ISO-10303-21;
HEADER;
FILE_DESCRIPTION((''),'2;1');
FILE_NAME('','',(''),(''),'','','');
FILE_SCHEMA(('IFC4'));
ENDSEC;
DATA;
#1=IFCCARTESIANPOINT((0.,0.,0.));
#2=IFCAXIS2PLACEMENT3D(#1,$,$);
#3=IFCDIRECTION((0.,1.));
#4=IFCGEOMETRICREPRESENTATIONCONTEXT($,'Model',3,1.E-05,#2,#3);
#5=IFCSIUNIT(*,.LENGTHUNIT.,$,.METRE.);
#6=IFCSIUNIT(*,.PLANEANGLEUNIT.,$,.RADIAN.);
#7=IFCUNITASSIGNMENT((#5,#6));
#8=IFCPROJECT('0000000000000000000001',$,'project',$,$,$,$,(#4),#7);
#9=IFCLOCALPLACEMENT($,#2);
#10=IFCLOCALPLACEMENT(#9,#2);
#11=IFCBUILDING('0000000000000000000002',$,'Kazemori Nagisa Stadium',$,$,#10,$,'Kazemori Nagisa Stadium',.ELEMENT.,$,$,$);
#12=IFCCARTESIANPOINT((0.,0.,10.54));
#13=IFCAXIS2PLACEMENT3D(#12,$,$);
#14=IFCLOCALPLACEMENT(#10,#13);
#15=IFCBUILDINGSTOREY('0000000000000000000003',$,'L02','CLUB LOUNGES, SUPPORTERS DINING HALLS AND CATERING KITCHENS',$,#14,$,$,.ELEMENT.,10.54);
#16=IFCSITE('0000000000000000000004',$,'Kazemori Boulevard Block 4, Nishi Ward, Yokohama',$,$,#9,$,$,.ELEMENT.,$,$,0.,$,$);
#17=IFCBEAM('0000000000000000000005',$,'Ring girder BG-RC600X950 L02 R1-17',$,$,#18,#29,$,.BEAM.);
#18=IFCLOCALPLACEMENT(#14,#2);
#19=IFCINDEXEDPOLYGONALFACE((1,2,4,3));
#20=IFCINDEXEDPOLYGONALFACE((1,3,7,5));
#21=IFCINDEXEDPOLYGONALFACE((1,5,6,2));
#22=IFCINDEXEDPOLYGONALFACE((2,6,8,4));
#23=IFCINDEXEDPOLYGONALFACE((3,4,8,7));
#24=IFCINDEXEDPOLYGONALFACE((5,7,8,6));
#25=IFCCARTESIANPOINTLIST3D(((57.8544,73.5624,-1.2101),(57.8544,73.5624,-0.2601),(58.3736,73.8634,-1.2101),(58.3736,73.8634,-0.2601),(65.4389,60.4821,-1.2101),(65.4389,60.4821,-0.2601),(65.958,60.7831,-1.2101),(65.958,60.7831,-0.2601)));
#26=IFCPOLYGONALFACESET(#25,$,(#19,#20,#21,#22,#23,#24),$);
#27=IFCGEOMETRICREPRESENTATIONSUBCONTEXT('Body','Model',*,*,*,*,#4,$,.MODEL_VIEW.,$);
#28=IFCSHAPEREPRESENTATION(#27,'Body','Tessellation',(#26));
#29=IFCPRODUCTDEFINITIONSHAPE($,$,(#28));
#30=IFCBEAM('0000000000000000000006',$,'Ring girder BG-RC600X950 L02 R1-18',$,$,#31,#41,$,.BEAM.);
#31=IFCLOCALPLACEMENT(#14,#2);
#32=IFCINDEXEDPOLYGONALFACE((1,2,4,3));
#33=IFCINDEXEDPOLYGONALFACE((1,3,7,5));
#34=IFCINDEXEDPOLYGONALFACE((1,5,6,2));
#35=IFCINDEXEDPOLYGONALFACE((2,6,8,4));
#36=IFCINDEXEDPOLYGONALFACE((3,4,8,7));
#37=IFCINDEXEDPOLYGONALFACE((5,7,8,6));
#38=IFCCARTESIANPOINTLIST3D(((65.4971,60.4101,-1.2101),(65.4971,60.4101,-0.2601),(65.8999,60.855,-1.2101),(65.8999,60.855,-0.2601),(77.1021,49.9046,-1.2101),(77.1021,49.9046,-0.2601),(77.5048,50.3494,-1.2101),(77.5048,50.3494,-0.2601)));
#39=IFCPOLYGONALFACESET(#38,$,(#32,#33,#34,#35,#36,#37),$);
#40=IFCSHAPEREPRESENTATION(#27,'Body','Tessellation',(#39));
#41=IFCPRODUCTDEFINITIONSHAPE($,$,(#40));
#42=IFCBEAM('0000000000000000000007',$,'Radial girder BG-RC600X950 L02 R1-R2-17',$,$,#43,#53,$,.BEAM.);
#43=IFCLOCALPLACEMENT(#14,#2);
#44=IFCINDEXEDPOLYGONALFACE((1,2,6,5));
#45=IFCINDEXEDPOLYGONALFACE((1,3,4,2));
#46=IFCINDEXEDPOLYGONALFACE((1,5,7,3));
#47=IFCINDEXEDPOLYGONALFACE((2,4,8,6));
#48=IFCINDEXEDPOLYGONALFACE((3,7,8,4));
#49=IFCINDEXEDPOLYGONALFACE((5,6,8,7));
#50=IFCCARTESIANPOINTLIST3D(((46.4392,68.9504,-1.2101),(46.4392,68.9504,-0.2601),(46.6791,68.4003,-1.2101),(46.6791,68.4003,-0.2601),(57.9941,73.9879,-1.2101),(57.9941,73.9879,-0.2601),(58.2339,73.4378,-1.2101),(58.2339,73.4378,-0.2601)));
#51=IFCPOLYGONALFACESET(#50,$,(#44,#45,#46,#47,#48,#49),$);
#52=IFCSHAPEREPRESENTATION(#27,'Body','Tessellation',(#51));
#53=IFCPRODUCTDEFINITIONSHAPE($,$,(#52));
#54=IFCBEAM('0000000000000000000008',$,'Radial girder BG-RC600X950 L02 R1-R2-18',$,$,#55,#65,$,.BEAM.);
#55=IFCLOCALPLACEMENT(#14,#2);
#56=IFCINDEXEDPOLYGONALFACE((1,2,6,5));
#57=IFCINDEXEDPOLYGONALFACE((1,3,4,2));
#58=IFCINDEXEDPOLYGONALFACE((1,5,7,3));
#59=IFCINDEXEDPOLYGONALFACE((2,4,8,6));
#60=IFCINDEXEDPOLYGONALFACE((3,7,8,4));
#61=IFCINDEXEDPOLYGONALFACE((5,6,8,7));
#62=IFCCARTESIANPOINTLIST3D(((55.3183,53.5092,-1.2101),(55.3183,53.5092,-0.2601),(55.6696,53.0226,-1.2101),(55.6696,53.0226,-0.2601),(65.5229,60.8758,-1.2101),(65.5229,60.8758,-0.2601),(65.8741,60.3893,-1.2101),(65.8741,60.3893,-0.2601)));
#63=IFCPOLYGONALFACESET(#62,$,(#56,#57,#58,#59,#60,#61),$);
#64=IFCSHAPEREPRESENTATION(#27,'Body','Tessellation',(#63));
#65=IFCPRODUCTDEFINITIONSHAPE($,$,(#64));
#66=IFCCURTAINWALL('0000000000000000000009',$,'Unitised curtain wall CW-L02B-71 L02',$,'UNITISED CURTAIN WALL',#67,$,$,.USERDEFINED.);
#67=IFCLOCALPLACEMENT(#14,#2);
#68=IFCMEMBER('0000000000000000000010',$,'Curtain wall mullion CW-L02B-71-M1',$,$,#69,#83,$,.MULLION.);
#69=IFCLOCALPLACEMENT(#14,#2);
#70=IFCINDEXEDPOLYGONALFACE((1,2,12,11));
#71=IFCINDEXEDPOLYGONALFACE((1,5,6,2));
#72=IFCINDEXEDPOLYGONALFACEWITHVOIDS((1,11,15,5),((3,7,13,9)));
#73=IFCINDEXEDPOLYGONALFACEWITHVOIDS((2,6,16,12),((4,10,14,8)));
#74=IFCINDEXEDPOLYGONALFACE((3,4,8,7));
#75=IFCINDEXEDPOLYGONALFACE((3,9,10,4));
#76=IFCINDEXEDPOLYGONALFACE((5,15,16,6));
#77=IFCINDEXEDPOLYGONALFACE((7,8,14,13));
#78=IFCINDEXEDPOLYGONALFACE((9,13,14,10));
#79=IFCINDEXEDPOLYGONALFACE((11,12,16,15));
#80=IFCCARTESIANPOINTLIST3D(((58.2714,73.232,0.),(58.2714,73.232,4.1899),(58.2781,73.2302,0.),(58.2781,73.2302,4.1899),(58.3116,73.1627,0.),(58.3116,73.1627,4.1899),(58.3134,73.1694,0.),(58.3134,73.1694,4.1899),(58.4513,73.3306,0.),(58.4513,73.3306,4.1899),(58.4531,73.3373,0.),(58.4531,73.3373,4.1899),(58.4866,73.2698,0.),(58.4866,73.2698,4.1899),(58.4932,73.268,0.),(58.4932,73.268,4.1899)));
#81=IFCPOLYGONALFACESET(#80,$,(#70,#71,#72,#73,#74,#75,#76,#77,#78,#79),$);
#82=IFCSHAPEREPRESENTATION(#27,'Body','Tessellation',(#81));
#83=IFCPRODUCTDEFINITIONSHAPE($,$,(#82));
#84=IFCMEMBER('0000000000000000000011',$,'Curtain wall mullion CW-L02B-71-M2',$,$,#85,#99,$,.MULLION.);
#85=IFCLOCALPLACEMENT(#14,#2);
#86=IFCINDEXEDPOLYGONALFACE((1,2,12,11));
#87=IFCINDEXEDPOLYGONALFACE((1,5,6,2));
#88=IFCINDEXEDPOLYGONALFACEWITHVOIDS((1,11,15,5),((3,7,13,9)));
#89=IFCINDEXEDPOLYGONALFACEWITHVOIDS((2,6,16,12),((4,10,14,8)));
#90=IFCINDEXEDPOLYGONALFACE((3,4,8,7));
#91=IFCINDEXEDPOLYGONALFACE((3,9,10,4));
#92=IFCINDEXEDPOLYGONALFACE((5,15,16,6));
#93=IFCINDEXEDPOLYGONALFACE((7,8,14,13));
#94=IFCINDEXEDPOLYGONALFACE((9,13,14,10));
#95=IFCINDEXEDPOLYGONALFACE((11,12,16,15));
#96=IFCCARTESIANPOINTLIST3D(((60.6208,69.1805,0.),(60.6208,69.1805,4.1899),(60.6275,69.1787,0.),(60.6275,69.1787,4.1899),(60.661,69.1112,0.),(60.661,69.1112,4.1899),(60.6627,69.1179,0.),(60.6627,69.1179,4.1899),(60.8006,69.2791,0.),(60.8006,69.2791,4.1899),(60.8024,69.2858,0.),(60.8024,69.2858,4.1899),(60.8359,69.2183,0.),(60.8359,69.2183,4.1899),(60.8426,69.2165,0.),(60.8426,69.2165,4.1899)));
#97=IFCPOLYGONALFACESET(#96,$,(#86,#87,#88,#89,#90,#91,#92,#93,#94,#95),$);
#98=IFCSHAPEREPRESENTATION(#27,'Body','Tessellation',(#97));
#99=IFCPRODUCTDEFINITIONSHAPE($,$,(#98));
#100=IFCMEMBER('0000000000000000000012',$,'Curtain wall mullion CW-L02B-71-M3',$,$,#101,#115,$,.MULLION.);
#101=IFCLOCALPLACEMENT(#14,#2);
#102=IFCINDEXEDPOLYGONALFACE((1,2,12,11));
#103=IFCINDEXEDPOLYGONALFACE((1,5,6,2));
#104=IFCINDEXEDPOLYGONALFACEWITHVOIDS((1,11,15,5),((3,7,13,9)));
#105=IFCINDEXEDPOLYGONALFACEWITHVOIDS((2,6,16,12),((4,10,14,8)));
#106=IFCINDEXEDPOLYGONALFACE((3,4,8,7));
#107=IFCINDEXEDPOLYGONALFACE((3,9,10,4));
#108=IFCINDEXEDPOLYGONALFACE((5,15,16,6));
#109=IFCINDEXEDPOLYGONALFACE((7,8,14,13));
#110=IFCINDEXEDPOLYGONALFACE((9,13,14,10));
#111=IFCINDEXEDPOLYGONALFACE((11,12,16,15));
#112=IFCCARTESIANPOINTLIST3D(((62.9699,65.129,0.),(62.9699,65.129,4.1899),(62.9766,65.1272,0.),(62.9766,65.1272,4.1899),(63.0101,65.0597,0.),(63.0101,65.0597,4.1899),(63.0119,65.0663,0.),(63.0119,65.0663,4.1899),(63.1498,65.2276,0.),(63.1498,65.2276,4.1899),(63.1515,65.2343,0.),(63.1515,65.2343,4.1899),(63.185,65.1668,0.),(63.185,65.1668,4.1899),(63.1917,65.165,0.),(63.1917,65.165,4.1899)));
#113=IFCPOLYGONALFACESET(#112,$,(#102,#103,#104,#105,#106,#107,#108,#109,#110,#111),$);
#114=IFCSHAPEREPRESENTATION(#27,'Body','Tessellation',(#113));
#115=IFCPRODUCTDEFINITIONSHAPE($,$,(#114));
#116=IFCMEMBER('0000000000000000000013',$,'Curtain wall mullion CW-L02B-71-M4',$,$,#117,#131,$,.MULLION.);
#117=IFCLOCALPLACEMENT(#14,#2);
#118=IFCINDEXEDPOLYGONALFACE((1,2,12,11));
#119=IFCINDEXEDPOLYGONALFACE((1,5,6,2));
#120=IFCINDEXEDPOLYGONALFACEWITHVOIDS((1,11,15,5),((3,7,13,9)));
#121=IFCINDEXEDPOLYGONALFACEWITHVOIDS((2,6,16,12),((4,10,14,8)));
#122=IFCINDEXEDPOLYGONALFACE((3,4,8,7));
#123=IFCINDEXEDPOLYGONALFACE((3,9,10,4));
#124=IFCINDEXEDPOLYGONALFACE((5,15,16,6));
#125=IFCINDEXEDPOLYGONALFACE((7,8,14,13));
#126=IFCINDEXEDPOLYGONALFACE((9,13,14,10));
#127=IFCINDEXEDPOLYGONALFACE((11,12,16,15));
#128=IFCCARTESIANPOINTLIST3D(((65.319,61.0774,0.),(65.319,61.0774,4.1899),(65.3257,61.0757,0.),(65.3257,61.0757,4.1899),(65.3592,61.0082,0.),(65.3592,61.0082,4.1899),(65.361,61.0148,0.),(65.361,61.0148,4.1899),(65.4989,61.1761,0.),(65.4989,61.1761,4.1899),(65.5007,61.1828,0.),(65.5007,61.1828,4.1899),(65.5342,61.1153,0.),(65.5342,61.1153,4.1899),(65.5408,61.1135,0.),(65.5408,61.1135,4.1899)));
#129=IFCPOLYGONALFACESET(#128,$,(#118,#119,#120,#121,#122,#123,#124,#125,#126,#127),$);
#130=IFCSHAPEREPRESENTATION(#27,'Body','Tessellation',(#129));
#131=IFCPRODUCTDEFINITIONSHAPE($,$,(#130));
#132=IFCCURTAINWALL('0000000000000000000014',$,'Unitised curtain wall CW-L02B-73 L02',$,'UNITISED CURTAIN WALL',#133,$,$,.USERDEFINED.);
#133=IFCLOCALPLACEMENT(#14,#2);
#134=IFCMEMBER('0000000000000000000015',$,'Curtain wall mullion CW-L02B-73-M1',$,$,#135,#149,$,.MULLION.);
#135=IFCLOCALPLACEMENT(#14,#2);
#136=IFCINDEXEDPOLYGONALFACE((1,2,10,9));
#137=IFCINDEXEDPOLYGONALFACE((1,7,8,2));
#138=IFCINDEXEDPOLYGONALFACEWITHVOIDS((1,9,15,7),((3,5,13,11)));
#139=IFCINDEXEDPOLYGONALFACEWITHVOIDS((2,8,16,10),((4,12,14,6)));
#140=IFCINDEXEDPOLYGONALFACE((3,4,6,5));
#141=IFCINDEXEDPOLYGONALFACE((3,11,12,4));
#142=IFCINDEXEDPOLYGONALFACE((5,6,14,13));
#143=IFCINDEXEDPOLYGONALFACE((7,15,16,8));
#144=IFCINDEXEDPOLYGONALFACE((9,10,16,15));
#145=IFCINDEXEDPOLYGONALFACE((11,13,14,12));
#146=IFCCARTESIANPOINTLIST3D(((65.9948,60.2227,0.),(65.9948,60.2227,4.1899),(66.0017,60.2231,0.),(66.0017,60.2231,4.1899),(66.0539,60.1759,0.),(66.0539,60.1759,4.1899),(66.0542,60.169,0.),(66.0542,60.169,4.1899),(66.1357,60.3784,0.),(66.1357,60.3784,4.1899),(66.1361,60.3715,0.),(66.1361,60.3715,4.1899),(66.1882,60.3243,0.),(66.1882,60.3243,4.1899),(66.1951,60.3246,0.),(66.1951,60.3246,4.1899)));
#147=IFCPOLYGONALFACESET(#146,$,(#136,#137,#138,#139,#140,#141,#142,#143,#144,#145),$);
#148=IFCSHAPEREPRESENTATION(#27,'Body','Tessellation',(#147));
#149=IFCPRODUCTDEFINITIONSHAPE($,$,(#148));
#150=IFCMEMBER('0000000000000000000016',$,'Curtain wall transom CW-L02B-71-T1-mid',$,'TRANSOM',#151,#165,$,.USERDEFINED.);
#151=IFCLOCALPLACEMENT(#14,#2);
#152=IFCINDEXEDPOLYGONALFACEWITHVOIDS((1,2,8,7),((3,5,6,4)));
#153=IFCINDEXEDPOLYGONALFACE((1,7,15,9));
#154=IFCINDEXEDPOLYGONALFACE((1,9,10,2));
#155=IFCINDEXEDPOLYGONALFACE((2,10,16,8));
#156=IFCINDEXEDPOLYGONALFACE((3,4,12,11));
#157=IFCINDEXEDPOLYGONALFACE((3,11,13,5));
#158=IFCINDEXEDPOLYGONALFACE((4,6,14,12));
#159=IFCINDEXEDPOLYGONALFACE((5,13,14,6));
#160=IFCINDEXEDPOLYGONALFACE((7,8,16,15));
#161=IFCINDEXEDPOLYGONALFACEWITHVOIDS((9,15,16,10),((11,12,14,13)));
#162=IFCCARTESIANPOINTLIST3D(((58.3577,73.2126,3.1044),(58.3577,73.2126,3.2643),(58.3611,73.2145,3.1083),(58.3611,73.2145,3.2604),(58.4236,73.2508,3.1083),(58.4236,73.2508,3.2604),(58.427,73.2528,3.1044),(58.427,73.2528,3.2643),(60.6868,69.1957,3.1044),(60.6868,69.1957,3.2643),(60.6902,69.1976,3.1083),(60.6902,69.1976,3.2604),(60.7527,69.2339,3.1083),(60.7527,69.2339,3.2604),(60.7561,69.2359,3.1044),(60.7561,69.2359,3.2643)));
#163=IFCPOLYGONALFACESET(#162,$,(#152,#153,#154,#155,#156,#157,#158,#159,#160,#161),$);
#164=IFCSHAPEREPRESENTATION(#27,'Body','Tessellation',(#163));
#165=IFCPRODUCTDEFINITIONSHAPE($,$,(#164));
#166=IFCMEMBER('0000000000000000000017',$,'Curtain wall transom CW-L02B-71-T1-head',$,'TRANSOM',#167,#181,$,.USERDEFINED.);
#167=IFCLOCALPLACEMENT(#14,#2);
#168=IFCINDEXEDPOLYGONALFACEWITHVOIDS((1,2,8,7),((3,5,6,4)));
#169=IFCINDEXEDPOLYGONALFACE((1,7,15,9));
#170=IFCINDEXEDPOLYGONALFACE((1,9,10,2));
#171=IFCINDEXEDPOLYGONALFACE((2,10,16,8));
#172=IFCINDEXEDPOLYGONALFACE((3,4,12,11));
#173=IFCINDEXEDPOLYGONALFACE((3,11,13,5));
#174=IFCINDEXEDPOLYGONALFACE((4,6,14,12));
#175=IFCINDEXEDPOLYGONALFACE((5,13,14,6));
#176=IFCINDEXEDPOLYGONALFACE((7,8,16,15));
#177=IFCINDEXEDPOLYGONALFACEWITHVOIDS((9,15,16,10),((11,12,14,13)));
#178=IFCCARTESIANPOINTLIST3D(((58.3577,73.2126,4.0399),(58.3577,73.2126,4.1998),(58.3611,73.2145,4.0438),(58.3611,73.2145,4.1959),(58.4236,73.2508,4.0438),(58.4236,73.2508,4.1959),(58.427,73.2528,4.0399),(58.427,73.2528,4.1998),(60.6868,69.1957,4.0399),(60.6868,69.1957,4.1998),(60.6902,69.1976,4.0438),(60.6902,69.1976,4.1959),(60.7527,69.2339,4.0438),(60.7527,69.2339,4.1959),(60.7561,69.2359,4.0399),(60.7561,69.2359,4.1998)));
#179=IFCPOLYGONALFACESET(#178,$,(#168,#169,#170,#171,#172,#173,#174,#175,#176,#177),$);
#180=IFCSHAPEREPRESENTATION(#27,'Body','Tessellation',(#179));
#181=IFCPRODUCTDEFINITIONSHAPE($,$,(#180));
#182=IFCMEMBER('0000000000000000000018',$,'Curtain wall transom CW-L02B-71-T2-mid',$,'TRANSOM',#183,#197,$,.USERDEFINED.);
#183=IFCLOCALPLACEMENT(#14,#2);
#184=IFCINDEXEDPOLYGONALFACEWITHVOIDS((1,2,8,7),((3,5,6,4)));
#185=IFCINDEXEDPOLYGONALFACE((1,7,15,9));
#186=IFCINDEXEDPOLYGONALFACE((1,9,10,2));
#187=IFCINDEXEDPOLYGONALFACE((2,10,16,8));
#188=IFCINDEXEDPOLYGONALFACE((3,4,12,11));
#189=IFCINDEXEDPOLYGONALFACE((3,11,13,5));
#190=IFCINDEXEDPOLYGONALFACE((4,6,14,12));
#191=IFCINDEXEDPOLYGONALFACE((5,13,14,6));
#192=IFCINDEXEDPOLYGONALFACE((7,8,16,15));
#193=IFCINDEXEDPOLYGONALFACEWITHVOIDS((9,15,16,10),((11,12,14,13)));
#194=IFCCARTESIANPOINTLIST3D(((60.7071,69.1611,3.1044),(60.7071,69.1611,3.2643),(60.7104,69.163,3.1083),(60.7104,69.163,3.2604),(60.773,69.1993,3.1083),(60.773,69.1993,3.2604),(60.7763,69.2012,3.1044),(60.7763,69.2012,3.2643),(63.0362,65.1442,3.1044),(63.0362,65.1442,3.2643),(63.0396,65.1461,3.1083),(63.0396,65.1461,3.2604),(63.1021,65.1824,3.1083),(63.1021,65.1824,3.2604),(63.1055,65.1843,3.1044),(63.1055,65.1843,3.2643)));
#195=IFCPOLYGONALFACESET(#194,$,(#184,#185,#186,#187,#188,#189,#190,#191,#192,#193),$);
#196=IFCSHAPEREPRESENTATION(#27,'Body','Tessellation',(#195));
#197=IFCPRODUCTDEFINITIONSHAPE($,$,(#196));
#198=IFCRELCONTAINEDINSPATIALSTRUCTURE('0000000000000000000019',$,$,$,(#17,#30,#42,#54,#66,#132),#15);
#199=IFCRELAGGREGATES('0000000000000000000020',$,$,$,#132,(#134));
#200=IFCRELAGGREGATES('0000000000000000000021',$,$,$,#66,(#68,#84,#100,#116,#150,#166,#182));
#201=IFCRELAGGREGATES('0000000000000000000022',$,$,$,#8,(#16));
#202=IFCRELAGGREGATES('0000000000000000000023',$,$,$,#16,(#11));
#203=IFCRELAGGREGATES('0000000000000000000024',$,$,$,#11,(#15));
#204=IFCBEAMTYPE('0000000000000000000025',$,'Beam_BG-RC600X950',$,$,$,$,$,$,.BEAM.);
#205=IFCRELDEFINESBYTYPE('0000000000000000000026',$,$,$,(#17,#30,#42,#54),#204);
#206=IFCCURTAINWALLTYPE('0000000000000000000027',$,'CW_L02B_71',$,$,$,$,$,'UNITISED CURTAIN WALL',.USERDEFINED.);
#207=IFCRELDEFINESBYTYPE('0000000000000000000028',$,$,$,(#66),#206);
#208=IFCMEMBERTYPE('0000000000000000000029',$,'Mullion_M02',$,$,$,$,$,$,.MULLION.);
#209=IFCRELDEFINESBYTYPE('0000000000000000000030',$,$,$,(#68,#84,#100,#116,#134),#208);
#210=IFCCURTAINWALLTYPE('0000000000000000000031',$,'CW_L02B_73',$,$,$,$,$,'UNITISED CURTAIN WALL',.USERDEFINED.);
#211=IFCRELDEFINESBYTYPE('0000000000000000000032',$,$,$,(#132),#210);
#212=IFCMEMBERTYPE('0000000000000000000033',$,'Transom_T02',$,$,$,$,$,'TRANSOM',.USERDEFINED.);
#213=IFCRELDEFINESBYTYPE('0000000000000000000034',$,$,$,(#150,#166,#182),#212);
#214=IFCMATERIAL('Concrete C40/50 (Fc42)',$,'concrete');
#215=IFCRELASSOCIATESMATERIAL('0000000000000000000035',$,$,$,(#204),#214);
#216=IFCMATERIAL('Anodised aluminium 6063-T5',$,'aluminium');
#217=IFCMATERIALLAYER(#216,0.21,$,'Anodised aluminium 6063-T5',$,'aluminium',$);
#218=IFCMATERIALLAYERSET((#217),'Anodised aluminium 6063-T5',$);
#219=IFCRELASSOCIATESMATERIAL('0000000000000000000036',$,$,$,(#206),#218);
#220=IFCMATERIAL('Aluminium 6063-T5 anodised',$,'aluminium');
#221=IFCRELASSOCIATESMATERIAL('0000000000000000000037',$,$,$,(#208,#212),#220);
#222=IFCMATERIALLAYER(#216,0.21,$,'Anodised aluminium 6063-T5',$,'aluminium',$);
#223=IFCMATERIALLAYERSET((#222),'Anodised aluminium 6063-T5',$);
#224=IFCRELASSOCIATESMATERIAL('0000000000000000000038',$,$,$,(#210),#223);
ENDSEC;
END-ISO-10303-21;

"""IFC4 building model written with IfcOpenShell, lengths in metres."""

from ifc_helpers import new_model, si_unit, direction, frame, origin, origin_2d, place, context, subcontext, project, spatial, rectangle, hollow_rectangle, extrude, material, layer, layer_set, material_profile, profile_set, type_object, element, aggregate, save


model = new_model("IFC4")

# Units and contexts
model_context = context("Model", 3, precision=1e-05, world=origin(), true_north=direction((0.0, 1.0)))
body_context = subcontext(model_context, "Body", "Model", "MODEL_VIEW")
ifc_project = project(units=[si_unit("LENGTHUNIT", "METRE"), si_unit("PLANEANGLEUNIT", "RADIAN")], contexts=[model_context])

# Site, building, storey
site_placement = place(None, origin())
site = spatial("IfcSite", under=ifc_project, at=site_placement, Name="Kazemori Boulevard Block 4, Nishi Ward, Yokohama", CompositionType="ELEMENT", RefElevation=0.0)
building_placement = place(site_placement, origin())
building = spatial("IfcBuilding", under=site, at=building_placement, Name="Kazemori Nagisa Stadium", LongName="Kazemori Nagisa Stadium", CompositionType="ELEMENT")
storey_placement = place(building_placement, frame((0.0, 0.0, 10.54)))
storey = spatial("IfcBuildingStorey", under=building, at=storey_placement, Name="L02", Description="CLUB LOUNGES, SUPPORTERS DINING HALLS AND CATERING KITCHENS", CompositionType="ELEMENT", Elevation=10.54)

# Shared definitions
ifc_material_1 = material(Name="Concrete C40/50 (Fc42)", Category="concrete")

# Beams
ifc_material_profile_1 = material_profile(ifc_material_1, rectangle(XDim=0.6001, YDim=0.95, at=origin_2d()), Name="RC-BM-600x950")
ifc_profile_set_1 = profile_set([ifc_material_profile_1], Name="Concrete C40/50 (Fc42)")
beam_type = type_object("IfcBeamType", Name="Beam_BG-RC600X950", PredefinedType="BEAM", material=ifc_profile_set_1)
beam_1_placement = place(storey_placement, frame((58.114, 73.7129, -0.7351), z_axis=(0.501613, -0.865092, 0.0), x_axis=(0.865092, 0.501613, 0.0)))
element("IfcBeam", 1, at=beam_1_placement, inside=storey, type_object=beam_type, Name="Ring girder BG-RC600X950 L02 R1-17", PredefinedType="BEAM", context=body_context, shape_type="SweptSolid", body=[
    extrude(rectangle(XDim=0.6001, YDim=0.95, at=origin_2d()), origin(), (0.0, 0.0, 1.0), 15.1201),
])
beam_2_placement = place(storey_placement, frame((65.6985, 60.6326, -0.7351), z_axis=(0.741349, -0.67112, 0.0), x_axis=(0.67112, 0.741349, 0.0)))
element("IfcBeam", 2, at=beam_2_placement, inside=storey, type_object=beam_type, Name="Ring girder BG-RC600X950 L02 R1-18", PredefinedType="BEAM", context=body_context, shape_type="SweptSolid", body=[
    extrude(rectangle(XDim=0.6001, YDim=0.95, at=origin_2d()), origin(), (0.0, 0.0, 1.0), 15.6538),
])
beam_3_placement = place(storey_placement, frame((58.114, 73.7129, -0.7351), z_axis=(-0.916672, -0.399641, 0.0), x_axis=(0.399641, -0.916672, 0.0)))
element("IfcBeam", 3, at=beam_3_placement, inside=storey, type_object=beam_type, Name="Radial girder BG-RC600X950 L02 R1-R2-17", PredefinedType="BEAM", context=body_context, shape_type="SweptSolid", body=[
    extrude(rectangle(XDim=0.6001, YDim=0.95, at=origin_2d()), origin(), (0.0, 0.0, 1.0), 12.6052),
])
beam_4_placement = place(storey_placement, frame((65.6985, 60.6326, -0.7351), z_axis=(-0.810803, -0.585319, 0.0), x_axis=(0.585319, -0.810803, 0.0)))
element("IfcBeam", 4, at=beam_4_placement, inside=storey, type_object=beam_type, Name="Radial girder BG-RC600X950 L02 R1-R2-18", PredefinedType="BEAM", context=body_context, shape_type="SweptSolid", body=[
    extrude(rectangle(XDim=0.6001, YDim=0.95, at=origin_2d()), origin(), (0.0, 0.0, 1.0), 12.5857),
])

# Curtain wall, members
ifc_material_2 = material(Name="Anodised aluminium 6063-T5", Category="aluminium")
ifc_layer_1 = layer(ifc_material_2, 0.21, Name="Anodised aluminium 6063-T5", Category="aluminium")
ifc_layer_set_1 = layer_set([ifc_layer_1], Name="Anodised aluminium 6063-T5")
curtain_wall_type_1 = type_object("IfcCurtainWallType", Name="CW_L02B_71", ElementType="UNITISED CURTAIN WALL", PredefinedType="USERDEFINED", material=ifc_layer_set_1)
curtain_wall_1_placement = place(storey_placement, origin())
curtain_wall_1 = element("IfcCurtainWall", 5, at=curtain_wall_1_placement, inside=storey, type_object=curtain_wall_type_1, Name="Unitised curtain wall CW-L02B-71 L02", ObjectType="UNITISED CURTAIN WALL", PredefinedType="USERDEFINED")
ifc_material_3 = material(Name="Aluminium 6063-T5 anodised", Category="aluminium")
ifc_material_profile_2 = material_profile(ifc_material_3, hollow_rectangle(XDim=0.0801, YDim=0.21, WallThickness=0.0049, at=origin_2d()), Name="ALU-MULL-80x210x5")
ifc_profile_set_2 = profile_set([ifc_material_profile_2], Name="Aluminium 6063-T5 anodised")
member_type_1 = type_object("IfcMemberType", Name="Mullion_M02", PredefinedType="MULLION", material=ifc_profile_set_2)
member_1_placement = place(storey_placement, frame((58.3823, 73.25, 0.0), z_axis=(0.0, 0.0, 1.0), x_axis=(0.501612, -0.865093, 0.0)))
member_1 = element("IfcMember", 6, at=member_1_placement, type_object=member_type_1, Name="Curtain wall mullion CW-L02B-71-M1", PredefinedType="MULLION", context=body_context, shape_type="SweptSolid", body=[
    extrude(hollow_rectangle(XDim=0.0801, YDim=0.21, WallThickness=0.0049, at=origin_2d()), origin(), (0.0, 0.0, 1.0), 4.1899),
])
member_2_placement = place(storey_placement, frame((60.7317, 69.1985, 0.0), z_axis=(0.0, 0.0, 1.0), x_axis=(0.501612, -0.865093, 0.0)))
member_2 = element("IfcMember", 7, at=member_2_placement, type_object=member_type_1, Name="Curtain wall mullion CW-L02B-71-M2", PredefinedType="MULLION", context=body_context, shape_type="SweptSolid", body=[
    extrude(hollow_rectangle(XDim=0.0801, YDim=0.21, WallThickness=0.0049, at=origin_2d()), origin(), (0.0, 0.0, 1.0), 4.1899),
])
member_3_placement = place(storey_placement, frame((63.0808, 65.147, 0.0), z_axis=(0.0, 0.0, 1.0), x_axis=(0.501612, -0.865093, 0.0)))
member_3 = element("IfcMember", 8, at=member_3_placement, type_object=member_type_1, Name="Curtain wall mullion CW-L02B-71-M3", PredefinedType="MULLION", context=body_context, shape_type="SweptSolid", body=[
    extrude(hollow_rectangle(XDim=0.0801, YDim=0.21, WallThickness=0.0049, at=origin_2d()), origin(), (0.0, 0.0, 1.0), 4.1899),
])
member_4_placement = place(storey_placement, frame((65.4299, 61.0955, 0.0), z_axis=(0.0, 0.0, 1.0), x_axis=(0.501612, -0.865093, 0.0)))
member_4 = element("IfcMember", 9, at=member_4_placement, type_object=member_type_1, Name="Curtain wall mullion CW-L02B-71-M4", PredefinedType="MULLION", context=body_context, shape_type="SweptSolid", body=[
    extrude(hollow_rectangle(XDim=0.0801, YDim=0.21, WallThickness=0.0049, at=origin_2d()), origin(), (0.0, 0.0, 1.0), 4.1899),
])

# Curtain wall, member
ifc_layer_2 = layer(ifc_material_2, 0.21, Name="Anodised aluminium 6063-T5", Category="aluminium")
ifc_layer_set_2 = layer_set([ifc_layer_2], Name="Anodised aluminium 6063-T5")
curtain_wall_type_2 = type_object("IfcCurtainWallType", Name="CW_L02B_73", ElementType="UNITISED CURTAIN WALL", PredefinedType="USERDEFINED", material=ifc_layer_set_2)
curtain_wall_2_placement = place(storey_placement, origin())
curtain_wall_2 = element("IfcCurtainWall", 10, at=curtain_wall_2_placement, inside=storey, type_object=curtain_wall_type_2, Name="Unitised curtain wall CW-L02B-73 L02", ObjectType="UNITISED CURTAIN WALL", PredefinedType="USERDEFINED")
member_5_placement = place(storey_placement, frame((66.095, 60.2737, 0.0), z_axis=(0.0, 0.0, 1.0), x_axis=(0.741351, -0.671118, 0.0)))
member_5 = element("IfcMember", 11, at=member_5_placement, type_object=member_type_1, Name="Curtain wall mullion CW-L02B-73-M1", PredefinedType="MULLION", context=body_context, shape_type="SweptSolid", body=[
    extrude(hollow_rectangle(XDim=0.0801, YDim=0.21, WallThickness=0.0049, at=origin_2d()), origin(), (0.0, 0.0, 1.0), 4.1899),
])
aggregate(curtain_wall_2, [member_5])

# Members
ifc_material_profile_3 = material_profile(ifc_material_3, hollow_rectangle(XDim=0.0801, YDim=0.1599, WallThickness=0.0039, at=origin_2d()), Name="ALU-TRAN-80x160x4")
ifc_profile_set_3 = profile_set([ifc_material_profile_3], Name="Aluminium 6063-T5 anodised")
member_type_2 = type_object("IfcMemberType", Name="Transom_T02", ElementType="TRANSOM", PredefinedType="USERDEFINED", material=ifc_profile_set_3)
member_6_placement = place(storey_placement, frame((58.3923, 73.2327, 3.1843), z_axis=(0.50161, -0.865094, 0.0), x_axis=(0.865094, 0.50161, 0.0)))
member_6 = element("IfcMember", 12, at=member_6_placement, type_object=member_type_2, Name="Curtain wall transom CW-L02B-71-T1-mid", ObjectType="TRANSOM", PredefinedType="USERDEFINED", context=body_context, shape_type="SweptSolid", body=[
    extrude(hollow_rectangle(XDim=0.0801, YDim=0.1599, WallThickness=0.0039, at=origin_2d()), origin(), (0.0, 0.0, 1.0), 4.6433),
])
member_7_placement = place(storey_placement, frame((58.3923, 73.2327, 4.1199), z_axis=(0.50161, -0.865094, 0.0), x_axis=(0.865094, 0.50161, 0.0)))
member_7 = element("IfcMember", 13, at=member_7_placement, type_object=member_type_2, Name="Curtain wall transom CW-L02B-71-T1-head", ObjectType="TRANSOM", PredefinedType="USERDEFINED", context=body_context, shape_type="SweptSolid", body=[
    extrude(hollow_rectangle(XDim=0.0801, YDim=0.1599, WallThickness=0.0039, at=origin_2d()), origin(), (0.0, 0.0, 1.0), 4.6433),
])
member_8_placement = place(storey_placement, frame((60.7417, 69.1812, 3.1843), z_axis=(0.50161, -0.865094, 0.0), x_axis=(0.865094, 0.50161, 0.0)))
member_8 = element("IfcMember", 14, at=member_8_placement, type_object=member_type_2, Name="Curtain wall transom CW-L02B-71-T2-mid", ObjectType="TRANSOM", PredefinedType="USERDEFINED", context=body_context, shape_type="SweptSolid", body=[
    extrude(hollow_rectangle(XDim=0.0801, YDim=0.1599, WallThickness=0.0039, at=origin_2d()), origin(), (0.0, 0.0, 1.0), 4.6433),
])

aggregate(curtain_wall_1, [member_1, member_2, member_3, member_4, member_6, member_7, member_8])

save(model, "model.ifc")
